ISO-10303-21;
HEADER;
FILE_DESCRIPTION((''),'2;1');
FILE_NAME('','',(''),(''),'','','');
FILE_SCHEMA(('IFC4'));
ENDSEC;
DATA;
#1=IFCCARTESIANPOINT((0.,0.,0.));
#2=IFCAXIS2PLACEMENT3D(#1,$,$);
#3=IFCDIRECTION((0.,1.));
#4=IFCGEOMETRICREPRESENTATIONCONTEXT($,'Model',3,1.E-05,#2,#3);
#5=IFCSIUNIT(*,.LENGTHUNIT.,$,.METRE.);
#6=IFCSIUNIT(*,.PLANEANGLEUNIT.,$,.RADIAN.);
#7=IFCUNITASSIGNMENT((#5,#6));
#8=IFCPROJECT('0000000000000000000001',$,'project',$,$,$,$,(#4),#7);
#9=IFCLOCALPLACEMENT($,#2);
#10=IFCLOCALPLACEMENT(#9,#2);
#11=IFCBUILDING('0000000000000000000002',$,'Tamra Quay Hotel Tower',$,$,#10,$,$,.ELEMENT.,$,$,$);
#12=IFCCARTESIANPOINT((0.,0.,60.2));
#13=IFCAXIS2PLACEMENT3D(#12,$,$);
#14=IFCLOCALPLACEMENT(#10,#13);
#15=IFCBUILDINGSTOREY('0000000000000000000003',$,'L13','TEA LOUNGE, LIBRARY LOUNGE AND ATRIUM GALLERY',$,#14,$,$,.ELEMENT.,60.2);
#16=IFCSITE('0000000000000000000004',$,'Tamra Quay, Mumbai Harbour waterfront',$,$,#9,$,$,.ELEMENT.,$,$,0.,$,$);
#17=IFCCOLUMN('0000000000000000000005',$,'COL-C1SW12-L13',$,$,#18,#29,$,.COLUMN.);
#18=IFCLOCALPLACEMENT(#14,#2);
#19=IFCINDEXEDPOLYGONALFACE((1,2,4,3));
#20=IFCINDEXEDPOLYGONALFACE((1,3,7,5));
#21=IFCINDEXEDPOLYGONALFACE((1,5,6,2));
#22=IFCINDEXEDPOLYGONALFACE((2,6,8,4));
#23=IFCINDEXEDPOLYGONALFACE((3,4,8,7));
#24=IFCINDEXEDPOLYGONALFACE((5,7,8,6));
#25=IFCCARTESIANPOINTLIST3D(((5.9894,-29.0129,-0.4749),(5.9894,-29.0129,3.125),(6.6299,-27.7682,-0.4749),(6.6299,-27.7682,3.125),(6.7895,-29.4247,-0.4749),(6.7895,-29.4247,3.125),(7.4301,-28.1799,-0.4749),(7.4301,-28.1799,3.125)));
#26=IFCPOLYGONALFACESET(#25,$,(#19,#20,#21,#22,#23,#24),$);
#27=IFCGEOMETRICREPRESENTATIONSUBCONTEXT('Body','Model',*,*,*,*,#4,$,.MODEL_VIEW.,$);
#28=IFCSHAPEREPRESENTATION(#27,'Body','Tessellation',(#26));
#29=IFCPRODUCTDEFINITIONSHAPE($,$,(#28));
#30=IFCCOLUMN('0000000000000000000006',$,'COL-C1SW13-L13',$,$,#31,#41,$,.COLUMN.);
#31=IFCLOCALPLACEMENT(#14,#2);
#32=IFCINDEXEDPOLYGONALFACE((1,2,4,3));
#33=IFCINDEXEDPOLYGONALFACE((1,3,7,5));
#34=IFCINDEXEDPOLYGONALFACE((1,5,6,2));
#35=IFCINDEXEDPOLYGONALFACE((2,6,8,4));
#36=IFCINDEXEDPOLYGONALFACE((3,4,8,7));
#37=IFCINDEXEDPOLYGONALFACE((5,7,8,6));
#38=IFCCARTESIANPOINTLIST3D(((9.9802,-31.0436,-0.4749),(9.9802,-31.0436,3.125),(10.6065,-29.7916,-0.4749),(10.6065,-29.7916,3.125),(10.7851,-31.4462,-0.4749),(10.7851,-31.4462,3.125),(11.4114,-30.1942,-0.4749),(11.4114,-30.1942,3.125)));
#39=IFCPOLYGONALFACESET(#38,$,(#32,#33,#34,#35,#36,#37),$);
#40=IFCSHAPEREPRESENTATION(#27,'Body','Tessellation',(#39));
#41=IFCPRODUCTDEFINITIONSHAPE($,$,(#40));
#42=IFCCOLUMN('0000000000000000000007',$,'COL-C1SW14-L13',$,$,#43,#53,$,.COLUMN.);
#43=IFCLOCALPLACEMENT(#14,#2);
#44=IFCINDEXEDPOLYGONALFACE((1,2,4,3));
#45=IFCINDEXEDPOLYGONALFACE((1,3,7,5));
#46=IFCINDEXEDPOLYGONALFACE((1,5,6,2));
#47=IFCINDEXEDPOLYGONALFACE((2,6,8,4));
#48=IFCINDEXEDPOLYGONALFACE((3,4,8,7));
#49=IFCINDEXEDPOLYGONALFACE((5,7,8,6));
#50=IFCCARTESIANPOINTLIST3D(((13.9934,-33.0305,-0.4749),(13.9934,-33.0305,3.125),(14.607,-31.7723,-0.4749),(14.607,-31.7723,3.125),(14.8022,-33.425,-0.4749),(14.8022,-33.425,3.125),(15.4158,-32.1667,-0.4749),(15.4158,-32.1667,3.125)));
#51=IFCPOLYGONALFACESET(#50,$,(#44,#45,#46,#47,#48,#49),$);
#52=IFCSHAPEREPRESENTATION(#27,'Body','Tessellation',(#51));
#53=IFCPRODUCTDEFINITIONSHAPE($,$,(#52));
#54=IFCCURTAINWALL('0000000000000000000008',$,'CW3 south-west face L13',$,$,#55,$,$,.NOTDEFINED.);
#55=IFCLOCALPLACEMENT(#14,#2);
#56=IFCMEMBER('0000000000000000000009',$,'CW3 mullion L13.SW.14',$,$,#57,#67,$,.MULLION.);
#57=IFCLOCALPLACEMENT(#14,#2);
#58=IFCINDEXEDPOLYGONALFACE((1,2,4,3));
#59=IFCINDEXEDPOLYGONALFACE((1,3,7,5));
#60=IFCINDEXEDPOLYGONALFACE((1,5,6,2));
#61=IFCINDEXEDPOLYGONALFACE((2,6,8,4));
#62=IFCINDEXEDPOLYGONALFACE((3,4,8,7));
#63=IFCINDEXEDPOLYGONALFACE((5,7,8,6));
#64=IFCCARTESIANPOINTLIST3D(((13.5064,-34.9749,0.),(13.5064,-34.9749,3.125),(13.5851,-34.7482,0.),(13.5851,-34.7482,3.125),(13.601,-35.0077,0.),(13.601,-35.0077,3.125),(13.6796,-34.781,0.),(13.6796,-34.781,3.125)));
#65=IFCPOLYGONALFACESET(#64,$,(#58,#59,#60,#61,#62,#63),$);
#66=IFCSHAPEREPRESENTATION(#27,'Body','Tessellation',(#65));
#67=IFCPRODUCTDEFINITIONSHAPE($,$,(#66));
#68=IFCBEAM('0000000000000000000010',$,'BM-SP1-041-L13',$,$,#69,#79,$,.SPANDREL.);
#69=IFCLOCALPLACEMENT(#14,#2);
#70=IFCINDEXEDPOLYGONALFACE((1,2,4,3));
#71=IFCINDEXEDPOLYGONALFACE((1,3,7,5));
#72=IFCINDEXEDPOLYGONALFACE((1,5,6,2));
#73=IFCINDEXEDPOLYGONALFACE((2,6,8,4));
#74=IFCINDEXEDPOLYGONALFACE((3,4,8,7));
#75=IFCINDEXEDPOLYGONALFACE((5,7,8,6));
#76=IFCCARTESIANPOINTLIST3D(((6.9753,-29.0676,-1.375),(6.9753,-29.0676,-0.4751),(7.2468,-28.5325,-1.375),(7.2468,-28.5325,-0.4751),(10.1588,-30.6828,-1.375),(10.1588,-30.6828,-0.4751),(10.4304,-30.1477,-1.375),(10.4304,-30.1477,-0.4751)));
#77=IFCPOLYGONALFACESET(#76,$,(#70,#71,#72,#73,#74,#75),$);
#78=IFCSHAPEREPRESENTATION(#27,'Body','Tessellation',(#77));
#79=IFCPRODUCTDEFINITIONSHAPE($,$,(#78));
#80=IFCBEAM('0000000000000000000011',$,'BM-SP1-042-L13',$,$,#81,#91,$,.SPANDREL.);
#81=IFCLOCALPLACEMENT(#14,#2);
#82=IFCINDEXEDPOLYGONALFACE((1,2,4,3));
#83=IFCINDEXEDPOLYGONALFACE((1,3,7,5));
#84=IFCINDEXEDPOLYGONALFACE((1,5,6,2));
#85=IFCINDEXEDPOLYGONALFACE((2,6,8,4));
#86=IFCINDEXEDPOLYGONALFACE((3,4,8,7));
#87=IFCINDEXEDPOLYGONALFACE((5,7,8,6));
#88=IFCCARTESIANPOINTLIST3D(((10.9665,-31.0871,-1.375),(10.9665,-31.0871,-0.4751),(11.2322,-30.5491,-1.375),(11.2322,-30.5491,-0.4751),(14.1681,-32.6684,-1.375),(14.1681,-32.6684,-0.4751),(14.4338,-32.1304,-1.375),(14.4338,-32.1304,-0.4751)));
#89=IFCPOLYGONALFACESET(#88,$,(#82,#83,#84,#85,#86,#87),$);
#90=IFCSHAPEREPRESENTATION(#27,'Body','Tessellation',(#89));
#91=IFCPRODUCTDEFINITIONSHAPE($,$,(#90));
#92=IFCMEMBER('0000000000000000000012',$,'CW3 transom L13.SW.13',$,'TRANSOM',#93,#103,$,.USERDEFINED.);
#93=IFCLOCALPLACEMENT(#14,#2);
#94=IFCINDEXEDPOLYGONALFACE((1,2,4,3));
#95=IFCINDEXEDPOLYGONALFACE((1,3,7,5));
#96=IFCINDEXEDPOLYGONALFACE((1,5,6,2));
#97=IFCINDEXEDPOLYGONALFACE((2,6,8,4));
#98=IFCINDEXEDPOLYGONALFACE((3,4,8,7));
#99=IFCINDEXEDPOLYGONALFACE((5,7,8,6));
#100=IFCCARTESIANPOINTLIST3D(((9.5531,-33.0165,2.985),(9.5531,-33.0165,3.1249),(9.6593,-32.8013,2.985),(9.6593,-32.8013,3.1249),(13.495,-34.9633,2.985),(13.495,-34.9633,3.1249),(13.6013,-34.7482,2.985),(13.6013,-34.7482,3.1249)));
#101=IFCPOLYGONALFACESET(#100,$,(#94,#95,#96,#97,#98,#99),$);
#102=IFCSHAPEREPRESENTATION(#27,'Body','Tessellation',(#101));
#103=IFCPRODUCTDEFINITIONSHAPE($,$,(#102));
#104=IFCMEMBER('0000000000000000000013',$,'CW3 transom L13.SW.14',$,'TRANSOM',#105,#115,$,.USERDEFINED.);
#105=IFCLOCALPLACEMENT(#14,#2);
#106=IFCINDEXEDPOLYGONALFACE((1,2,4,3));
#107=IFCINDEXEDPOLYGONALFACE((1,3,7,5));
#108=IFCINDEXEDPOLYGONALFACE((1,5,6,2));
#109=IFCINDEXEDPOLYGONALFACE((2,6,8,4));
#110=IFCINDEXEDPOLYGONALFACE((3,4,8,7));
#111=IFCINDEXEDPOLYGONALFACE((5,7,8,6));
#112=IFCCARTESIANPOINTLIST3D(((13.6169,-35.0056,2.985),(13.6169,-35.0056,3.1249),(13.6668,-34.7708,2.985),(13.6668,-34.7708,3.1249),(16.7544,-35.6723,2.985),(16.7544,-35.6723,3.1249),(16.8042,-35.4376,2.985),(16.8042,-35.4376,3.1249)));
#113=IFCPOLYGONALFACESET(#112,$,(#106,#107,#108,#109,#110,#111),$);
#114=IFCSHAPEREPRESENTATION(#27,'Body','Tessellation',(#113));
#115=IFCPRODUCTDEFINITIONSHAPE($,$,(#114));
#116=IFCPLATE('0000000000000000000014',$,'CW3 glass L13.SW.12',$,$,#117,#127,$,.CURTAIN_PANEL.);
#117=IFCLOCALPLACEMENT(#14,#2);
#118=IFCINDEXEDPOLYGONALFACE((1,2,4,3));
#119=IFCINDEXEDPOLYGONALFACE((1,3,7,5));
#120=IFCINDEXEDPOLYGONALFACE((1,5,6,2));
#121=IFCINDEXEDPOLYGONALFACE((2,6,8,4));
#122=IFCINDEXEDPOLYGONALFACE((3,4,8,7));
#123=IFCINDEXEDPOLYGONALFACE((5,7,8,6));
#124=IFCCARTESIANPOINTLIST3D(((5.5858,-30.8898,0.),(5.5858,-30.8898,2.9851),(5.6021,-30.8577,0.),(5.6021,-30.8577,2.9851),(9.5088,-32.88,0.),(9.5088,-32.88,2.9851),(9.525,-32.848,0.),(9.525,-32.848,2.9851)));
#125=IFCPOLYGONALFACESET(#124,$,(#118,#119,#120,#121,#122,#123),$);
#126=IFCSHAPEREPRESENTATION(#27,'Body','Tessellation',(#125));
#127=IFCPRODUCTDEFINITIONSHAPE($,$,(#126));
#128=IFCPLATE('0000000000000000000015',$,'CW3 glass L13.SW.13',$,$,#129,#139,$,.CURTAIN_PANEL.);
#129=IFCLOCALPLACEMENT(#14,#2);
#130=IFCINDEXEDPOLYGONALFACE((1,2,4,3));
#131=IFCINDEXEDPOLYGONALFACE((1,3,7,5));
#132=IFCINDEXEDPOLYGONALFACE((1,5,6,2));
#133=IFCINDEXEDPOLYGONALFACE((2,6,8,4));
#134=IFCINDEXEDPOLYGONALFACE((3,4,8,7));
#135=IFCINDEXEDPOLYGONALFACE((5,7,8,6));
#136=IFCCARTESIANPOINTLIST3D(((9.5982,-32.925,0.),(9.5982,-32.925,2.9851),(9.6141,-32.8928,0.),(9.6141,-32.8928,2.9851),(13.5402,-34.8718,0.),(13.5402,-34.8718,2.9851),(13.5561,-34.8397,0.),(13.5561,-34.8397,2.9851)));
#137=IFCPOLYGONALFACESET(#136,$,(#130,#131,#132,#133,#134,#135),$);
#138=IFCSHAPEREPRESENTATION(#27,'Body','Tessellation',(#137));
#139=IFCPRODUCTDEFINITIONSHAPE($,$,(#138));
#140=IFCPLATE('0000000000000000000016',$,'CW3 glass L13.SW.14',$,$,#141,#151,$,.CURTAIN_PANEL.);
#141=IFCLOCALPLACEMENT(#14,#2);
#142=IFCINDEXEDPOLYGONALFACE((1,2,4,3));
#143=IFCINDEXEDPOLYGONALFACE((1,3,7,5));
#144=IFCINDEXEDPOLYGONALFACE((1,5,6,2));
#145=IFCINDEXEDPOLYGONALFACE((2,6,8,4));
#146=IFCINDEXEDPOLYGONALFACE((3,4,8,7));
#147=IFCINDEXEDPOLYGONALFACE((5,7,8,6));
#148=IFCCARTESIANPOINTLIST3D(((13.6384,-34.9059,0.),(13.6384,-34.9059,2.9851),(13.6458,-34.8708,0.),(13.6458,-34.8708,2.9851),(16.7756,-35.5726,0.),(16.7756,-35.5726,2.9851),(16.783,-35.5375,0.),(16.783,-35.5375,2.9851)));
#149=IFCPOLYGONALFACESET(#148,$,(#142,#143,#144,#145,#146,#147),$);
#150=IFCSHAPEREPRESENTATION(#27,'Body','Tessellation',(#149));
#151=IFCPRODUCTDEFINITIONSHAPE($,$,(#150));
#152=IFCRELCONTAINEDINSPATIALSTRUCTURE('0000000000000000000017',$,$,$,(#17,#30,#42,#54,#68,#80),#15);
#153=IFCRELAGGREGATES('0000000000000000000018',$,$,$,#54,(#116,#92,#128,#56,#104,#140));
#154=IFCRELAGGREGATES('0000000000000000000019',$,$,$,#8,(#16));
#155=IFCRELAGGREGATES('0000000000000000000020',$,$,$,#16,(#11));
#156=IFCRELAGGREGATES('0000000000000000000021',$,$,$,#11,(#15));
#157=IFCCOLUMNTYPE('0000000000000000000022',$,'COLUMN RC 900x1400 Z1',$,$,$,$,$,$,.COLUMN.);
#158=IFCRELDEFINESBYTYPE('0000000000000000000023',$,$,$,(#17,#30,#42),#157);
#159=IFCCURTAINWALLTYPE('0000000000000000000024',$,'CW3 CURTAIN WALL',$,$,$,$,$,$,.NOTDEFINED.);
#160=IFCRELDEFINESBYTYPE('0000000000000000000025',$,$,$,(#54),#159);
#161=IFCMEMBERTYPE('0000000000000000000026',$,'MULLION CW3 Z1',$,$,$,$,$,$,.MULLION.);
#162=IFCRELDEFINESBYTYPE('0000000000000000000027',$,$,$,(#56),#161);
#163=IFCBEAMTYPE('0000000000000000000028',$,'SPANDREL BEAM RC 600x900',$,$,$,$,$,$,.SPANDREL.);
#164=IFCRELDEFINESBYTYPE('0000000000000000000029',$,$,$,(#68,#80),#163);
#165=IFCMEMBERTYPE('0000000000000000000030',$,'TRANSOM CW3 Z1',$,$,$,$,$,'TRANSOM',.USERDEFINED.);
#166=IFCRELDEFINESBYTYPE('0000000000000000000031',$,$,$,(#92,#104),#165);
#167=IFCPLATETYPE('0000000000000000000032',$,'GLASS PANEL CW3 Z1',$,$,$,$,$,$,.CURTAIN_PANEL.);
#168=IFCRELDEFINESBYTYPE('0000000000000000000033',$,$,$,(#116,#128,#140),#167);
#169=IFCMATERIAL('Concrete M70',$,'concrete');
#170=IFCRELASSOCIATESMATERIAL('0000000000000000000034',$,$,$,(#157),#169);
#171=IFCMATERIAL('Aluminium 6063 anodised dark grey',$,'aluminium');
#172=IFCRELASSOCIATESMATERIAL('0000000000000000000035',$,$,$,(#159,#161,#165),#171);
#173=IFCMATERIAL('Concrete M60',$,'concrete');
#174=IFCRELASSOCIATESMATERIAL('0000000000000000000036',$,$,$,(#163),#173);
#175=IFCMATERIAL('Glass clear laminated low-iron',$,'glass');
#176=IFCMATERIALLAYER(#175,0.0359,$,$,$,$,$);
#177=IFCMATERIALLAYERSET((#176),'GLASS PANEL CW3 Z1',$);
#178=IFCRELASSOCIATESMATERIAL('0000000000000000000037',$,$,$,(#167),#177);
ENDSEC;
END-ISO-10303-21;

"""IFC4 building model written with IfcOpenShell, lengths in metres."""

from ifc_helpers import new_model, si_unit, direction, frame, origin, origin_2d, place, context, subcontext, project, spatial, rectangle, extrude, material, layer, layer_set, material_profile, profile_set, type_object, element, aggregate, save


model = new_model("IFC4")

# Units and contexts
model_context = context("Model", 3, precision=1e-05, world=origin(), true_north=direction((0.0, 1.0)))
body_context = subcontext(model_context, "Body", "Model", "MODEL_VIEW")
ifc_project = project(units=[si_unit("LENGTHUNIT", "METRE"), si_unit("PLANEANGLEUNIT", "RADIAN")], contexts=[model_context])

# Site, building, storey
site_placement = place(None, origin())
site = spatial("IfcSite", under=ifc_project, at=site_placement, Name="Tamra Quay, Mumbai Harbour waterfront", CompositionType="ELEMENT", RefElevation=0.0)
building_placement = place(site_placement, origin())
building = spatial("IfcBuilding", under=site, at=building_placement, Name="Tamra Quay Hotel Tower", CompositionType="ELEMENT")
storey_placement = place(building_placement, frame((0.0, 0.0, 60.2)))
storey = spatial("IfcBuildingStorey", under=building, at=storey_placement, Name="L13", Description="TEA LOUNGE, LIBRARY LOUNGE AND ATRIUM GALLERY", CompositionType="ELEMENT", Elevation=60.2)

# Columns
ifc_material_1 = material(Name="Concrete M70", Category="concrete")
ifc_material_profile_1 = material_profile(ifc_material_1, rectangle(XDim=1.3999, YDim=0.8999, at=origin_2d()), Name="COLUMN RC 900x1400 Z1")
ifc_profile_set_1 = profile_set([ifc_material_profile_1], Name="Concrete M70")
column_type = type_object("IfcColumnType", Name="COLUMN RC 900x1400 Z1", PredefinedType="COLUMN", material=ifc_profile_set_1)
for number, where, z_axis, x_axis, name in (
    (1, (6.7097, -28.5964, -0.4749), (0.0, 0.0, 1.0), (0.457548, 0.889185, 0.0), "COL-C1SW12-L13"),
    (2, (10.6958, -30.6189, -0.4749), (0.0, 0.0, 1.0), (0.447377, 0.894346, 0.0), "COL-C1SW13-L13"),
    (3, (14.7046, -32.5986, -0.4749), (0.0, 0.0, 1.0), (0.438341, 0.898809, 0.0), "COL-C1SW14-L13"),
):
    element("IfcColumn", number, at=place(storey_placement, frame(where, z_axis=z_axis, x_axis=x_axis)), inside=storey, type_object=column_type, Name=name, PredefinedType="COLUMN", context=body_context, shape_type="SweptSolid", body=[
        extrude(rectangle(XDim=1.3999, YDim=0.8999, at=origin_2d()), origin(), (0.0, 0.0, 1.0), 3.5999),
    ])

# Curtain wall, member
ifc_material_2 = material(Name="Aluminium 6063 anodised dark grey", Category="aluminium")
curtain_wall_type = type_object("IfcCurtainWallType", Name="CW3 CURTAIN WALL", PredefinedType="NOTDEFINED", material=ifc_material_2)
curtain_wall_placement = place(storey_placement, origin())
curtain_wall = element("IfcCurtainWall", 4, at=curtain_wall_placement, inside=storey, type_object=curtain_wall_type, Name="CW3 south-west face L13", PredefinedType="NOTDEFINED")
ifc_material_profile_2 = material_profile(ifc_material_2, rectangle(XDim=0.24, YDim=0.1001, at=origin_2d()), Name="MULLION 100X240")
ifc_profile_set_2 = profile_set([ifc_material_profile_2], Name="Aluminium 6063 anodised dark grey")
member_type_1 = type_object("IfcMemberType", Name="MULLION CW3 Z1", PredefinedType="MULLION", material=ifc_profile_set_2)
member_1_placement = place(storey_placement, frame((13.593, -34.8779, 0.0), z_axis=(0.0, 0.0, 1.0), x_axis=(-0.327898, -0.944713, 0.0)))
member_1 = element("IfcMember", 5, at=member_1_placement, type_object=member_type_1, Name="CW3 mullion L13.SW.14", PredefinedType="MULLION", context=body_context, shape_type="SweptSolid", body=[
    extrude(rectangle(XDim=0.24, YDim=0.1001, at=origin_2d()), origin(), (0.0, 0.0, 1.0), 3.125),
])

# Beams
ifc_material_3 = material(Name="Concrete M60", Category="concrete")
ifc_material_profile_3 = material_profile(ifc_material_3, rectangle(XDim=0.6001, YDim=0.8999, at=origin_2d()), Name="SPANDREL BEAM RC 600x900")
ifc_profile_set_3 = profile_set([ifc_material_profile_3], Name="Concrete M60")
beam_type = type_object("IfcBeamType", Name="SPANDREL BEAM RC 600x900", PredefinedType="SPANDREL", material=ifc_profile_set_3)
beam_1_placement = place(storey_placement, frame((7.1111, -28.8, -0.925), z_axis=(0.891786, -0.452458, 0.0), x_axis=(0.452458, 0.891786, 0.0)))
element("IfcBeam", 6, at=beam_1_placement, inside=storey, type_object=beam_type, Name="BM-SP1-041-L13", PredefinedType="SPANDREL", context=body_context, shape_type="SweptSolid", body=[
    extrude(rectangle(XDim=0.6001, YDim=0.8999, at=origin_2d()), origin(), (0.0, 0.0, 1.0), 3.5698),
])
beam_2_placement = place(storey_placement, frame((11.0994, -30.8181, -0.925), z_axis=(0.896604, -0.442833, 0.0), x_axis=(0.442833, 0.896604, 0.0)))
element("IfcBeam", 7, at=beam_2_placement, inside=storey, type_object=beam_type, Name="BM-SP1-042-L13", PredefinedType="SPANDREL", context=body_context, shape_type="SweptSolid", body=[
    extrude(rectangle(XDim=0.6001, YDim=0.8999, at=origin_2d()), origin(), (0.0, 0.0, 1.0), 3.5708),
])

# Members
ifc_material_profile_4 = material_profile(ifc_material_2, rectangle(XDim=0.24, YDim=0.1399, at=origin_2d()), Name="TRANSOM 240X140")
ifc_profile_set_4 = profile_set([ifc_material_profile_4], Name="Aluminium 6063 anodised dark grey")
member_type_2 = type_object("IfcMemberType", Name="TRANSOM CW3 Z1", ElementType="TRANSOM", PredefinedType="USERDEFINED", material=ifc_profile_set_4)
member_2_placement = place(storey_placement, frame((9.6062, -32.9089, 3.0549), z_axis=(0.896615, -0.44281, 0.0), x_axis=(0.44281, 0.896615, 0.0)))
member_2 = element("IfcMember", 8, at=member_2_placement, type_object=member_type_2, Name="CW3 transom L13.SW.13", ObjectType="TRANSOM", PredefinedType="USERDEFINED", context=body_context, shape_type="SweptSolid", body=[
    extrude(rectangle(XDim=0.24, YDim=0.1399, at=origin_2d()), origin(), (0.0, 0.0, 1.0), 4.3965),
])
member_3_placement = place(storey_placement, frame((13.6418, -34.8882, 3.0549), z_axis=(0.978156, -0.207871, 0.0), x_axis=(0.207871, 0.978156, 0.0)))
member_3 = element("IfcMember", 9, at=member_3_placement, type_object=member_type_2, Name="CW3 transom L13.SW.14", ObjectType="TRANSOM", PredefinedType="USERDEFINED", context=body_context, shape_type="SweptSolid", body=[
    extrude(rectangle(XDim=0.24, YDim=0.1399, at=origin_2d()), origin(), (0.0, 0.0, 1.0), 3.2075),
])

# Plates
ifc_material_4 = material(Name="Glass clear laminated low-iron", Category="glass")
ifc_layer_1 = layer(ifc_material_4, 0.0359)
ifc_layer_set_1 = layer_set([ifc_layer_1], Name="GLASS PANEL CW3 Z1")
plate_type = type_object("IfcPlateType", Name="GLASS PANEL CW3 Z1", PredefinedType="CURTAIN_PANEL", material=ifc_layer_set_1)
plate_1_placement = place(storey_placement, frame((7.5554, -31.8689, 0.0), z_axis=(0.0, 0.0, 1.0), x_axis=(0.89179, -0.45245, 0.0)))
plate_1 = element("IfcPlate", 10, at=plate_1_placement, type_object=plate_type, Name="CW3 glass L13.SW.12", PredefinedType="CURTAIN_PANEL", context=body_context, shape_type="SweptSolid", body=[
    extrude(rectangle(XDim=4.3989, YDim=0.0359, at=origin_2d()), origin(), (0.0, 0.0, 1.0), 2.9851),
])
plate_2_placement = place(storey_placement, frame((11.5771, -33.8823, 0.0), z_axis=(0.0, 0.0, 1.0), x_axis=(0.896611, -0.442819, 0.0)))
plate_2 = element("IfcPlate", 11, at=plate_2_placement, type_object=plate_type, Name="CW3 glass L13.SW.13", PredefinedType="CURTAIN_PANEL", context=body_context, shape_type="SweptSolid", body=[
    extrude(rectangle(XDim=4.3965, YDim=0.0359, at=origin_2d()), origin(), (0.0, 0.0, 1.0), 2.9851),
])
plate_3_placement = place(storey_placement, frame((15.2107, -35.2217, 0.0), z_axis=(0.0, 0.0, 1.0), x_axis=(0.978153, -0.207887, 0.0)))
plate_3 = element("IfcPlate", 12, at=plate_3_placement, type_object=plate_type, Name="CW3 glass L13.SW.14", PredefinedType="CURTAIN_PANEL", context=body_context, shape_type="SweptSolid", body=[
    extrude(rectangle(XDim=3.2073, YDim=0.0359, at=origin_2d()), origin(), (0.0, 0.0, 1.0), 2.9851),
])
aggregate(curtain_wall, [plate_1, member_2, plate_2, member_1, member_3, plate_3])

save(model, "model.ifc")
